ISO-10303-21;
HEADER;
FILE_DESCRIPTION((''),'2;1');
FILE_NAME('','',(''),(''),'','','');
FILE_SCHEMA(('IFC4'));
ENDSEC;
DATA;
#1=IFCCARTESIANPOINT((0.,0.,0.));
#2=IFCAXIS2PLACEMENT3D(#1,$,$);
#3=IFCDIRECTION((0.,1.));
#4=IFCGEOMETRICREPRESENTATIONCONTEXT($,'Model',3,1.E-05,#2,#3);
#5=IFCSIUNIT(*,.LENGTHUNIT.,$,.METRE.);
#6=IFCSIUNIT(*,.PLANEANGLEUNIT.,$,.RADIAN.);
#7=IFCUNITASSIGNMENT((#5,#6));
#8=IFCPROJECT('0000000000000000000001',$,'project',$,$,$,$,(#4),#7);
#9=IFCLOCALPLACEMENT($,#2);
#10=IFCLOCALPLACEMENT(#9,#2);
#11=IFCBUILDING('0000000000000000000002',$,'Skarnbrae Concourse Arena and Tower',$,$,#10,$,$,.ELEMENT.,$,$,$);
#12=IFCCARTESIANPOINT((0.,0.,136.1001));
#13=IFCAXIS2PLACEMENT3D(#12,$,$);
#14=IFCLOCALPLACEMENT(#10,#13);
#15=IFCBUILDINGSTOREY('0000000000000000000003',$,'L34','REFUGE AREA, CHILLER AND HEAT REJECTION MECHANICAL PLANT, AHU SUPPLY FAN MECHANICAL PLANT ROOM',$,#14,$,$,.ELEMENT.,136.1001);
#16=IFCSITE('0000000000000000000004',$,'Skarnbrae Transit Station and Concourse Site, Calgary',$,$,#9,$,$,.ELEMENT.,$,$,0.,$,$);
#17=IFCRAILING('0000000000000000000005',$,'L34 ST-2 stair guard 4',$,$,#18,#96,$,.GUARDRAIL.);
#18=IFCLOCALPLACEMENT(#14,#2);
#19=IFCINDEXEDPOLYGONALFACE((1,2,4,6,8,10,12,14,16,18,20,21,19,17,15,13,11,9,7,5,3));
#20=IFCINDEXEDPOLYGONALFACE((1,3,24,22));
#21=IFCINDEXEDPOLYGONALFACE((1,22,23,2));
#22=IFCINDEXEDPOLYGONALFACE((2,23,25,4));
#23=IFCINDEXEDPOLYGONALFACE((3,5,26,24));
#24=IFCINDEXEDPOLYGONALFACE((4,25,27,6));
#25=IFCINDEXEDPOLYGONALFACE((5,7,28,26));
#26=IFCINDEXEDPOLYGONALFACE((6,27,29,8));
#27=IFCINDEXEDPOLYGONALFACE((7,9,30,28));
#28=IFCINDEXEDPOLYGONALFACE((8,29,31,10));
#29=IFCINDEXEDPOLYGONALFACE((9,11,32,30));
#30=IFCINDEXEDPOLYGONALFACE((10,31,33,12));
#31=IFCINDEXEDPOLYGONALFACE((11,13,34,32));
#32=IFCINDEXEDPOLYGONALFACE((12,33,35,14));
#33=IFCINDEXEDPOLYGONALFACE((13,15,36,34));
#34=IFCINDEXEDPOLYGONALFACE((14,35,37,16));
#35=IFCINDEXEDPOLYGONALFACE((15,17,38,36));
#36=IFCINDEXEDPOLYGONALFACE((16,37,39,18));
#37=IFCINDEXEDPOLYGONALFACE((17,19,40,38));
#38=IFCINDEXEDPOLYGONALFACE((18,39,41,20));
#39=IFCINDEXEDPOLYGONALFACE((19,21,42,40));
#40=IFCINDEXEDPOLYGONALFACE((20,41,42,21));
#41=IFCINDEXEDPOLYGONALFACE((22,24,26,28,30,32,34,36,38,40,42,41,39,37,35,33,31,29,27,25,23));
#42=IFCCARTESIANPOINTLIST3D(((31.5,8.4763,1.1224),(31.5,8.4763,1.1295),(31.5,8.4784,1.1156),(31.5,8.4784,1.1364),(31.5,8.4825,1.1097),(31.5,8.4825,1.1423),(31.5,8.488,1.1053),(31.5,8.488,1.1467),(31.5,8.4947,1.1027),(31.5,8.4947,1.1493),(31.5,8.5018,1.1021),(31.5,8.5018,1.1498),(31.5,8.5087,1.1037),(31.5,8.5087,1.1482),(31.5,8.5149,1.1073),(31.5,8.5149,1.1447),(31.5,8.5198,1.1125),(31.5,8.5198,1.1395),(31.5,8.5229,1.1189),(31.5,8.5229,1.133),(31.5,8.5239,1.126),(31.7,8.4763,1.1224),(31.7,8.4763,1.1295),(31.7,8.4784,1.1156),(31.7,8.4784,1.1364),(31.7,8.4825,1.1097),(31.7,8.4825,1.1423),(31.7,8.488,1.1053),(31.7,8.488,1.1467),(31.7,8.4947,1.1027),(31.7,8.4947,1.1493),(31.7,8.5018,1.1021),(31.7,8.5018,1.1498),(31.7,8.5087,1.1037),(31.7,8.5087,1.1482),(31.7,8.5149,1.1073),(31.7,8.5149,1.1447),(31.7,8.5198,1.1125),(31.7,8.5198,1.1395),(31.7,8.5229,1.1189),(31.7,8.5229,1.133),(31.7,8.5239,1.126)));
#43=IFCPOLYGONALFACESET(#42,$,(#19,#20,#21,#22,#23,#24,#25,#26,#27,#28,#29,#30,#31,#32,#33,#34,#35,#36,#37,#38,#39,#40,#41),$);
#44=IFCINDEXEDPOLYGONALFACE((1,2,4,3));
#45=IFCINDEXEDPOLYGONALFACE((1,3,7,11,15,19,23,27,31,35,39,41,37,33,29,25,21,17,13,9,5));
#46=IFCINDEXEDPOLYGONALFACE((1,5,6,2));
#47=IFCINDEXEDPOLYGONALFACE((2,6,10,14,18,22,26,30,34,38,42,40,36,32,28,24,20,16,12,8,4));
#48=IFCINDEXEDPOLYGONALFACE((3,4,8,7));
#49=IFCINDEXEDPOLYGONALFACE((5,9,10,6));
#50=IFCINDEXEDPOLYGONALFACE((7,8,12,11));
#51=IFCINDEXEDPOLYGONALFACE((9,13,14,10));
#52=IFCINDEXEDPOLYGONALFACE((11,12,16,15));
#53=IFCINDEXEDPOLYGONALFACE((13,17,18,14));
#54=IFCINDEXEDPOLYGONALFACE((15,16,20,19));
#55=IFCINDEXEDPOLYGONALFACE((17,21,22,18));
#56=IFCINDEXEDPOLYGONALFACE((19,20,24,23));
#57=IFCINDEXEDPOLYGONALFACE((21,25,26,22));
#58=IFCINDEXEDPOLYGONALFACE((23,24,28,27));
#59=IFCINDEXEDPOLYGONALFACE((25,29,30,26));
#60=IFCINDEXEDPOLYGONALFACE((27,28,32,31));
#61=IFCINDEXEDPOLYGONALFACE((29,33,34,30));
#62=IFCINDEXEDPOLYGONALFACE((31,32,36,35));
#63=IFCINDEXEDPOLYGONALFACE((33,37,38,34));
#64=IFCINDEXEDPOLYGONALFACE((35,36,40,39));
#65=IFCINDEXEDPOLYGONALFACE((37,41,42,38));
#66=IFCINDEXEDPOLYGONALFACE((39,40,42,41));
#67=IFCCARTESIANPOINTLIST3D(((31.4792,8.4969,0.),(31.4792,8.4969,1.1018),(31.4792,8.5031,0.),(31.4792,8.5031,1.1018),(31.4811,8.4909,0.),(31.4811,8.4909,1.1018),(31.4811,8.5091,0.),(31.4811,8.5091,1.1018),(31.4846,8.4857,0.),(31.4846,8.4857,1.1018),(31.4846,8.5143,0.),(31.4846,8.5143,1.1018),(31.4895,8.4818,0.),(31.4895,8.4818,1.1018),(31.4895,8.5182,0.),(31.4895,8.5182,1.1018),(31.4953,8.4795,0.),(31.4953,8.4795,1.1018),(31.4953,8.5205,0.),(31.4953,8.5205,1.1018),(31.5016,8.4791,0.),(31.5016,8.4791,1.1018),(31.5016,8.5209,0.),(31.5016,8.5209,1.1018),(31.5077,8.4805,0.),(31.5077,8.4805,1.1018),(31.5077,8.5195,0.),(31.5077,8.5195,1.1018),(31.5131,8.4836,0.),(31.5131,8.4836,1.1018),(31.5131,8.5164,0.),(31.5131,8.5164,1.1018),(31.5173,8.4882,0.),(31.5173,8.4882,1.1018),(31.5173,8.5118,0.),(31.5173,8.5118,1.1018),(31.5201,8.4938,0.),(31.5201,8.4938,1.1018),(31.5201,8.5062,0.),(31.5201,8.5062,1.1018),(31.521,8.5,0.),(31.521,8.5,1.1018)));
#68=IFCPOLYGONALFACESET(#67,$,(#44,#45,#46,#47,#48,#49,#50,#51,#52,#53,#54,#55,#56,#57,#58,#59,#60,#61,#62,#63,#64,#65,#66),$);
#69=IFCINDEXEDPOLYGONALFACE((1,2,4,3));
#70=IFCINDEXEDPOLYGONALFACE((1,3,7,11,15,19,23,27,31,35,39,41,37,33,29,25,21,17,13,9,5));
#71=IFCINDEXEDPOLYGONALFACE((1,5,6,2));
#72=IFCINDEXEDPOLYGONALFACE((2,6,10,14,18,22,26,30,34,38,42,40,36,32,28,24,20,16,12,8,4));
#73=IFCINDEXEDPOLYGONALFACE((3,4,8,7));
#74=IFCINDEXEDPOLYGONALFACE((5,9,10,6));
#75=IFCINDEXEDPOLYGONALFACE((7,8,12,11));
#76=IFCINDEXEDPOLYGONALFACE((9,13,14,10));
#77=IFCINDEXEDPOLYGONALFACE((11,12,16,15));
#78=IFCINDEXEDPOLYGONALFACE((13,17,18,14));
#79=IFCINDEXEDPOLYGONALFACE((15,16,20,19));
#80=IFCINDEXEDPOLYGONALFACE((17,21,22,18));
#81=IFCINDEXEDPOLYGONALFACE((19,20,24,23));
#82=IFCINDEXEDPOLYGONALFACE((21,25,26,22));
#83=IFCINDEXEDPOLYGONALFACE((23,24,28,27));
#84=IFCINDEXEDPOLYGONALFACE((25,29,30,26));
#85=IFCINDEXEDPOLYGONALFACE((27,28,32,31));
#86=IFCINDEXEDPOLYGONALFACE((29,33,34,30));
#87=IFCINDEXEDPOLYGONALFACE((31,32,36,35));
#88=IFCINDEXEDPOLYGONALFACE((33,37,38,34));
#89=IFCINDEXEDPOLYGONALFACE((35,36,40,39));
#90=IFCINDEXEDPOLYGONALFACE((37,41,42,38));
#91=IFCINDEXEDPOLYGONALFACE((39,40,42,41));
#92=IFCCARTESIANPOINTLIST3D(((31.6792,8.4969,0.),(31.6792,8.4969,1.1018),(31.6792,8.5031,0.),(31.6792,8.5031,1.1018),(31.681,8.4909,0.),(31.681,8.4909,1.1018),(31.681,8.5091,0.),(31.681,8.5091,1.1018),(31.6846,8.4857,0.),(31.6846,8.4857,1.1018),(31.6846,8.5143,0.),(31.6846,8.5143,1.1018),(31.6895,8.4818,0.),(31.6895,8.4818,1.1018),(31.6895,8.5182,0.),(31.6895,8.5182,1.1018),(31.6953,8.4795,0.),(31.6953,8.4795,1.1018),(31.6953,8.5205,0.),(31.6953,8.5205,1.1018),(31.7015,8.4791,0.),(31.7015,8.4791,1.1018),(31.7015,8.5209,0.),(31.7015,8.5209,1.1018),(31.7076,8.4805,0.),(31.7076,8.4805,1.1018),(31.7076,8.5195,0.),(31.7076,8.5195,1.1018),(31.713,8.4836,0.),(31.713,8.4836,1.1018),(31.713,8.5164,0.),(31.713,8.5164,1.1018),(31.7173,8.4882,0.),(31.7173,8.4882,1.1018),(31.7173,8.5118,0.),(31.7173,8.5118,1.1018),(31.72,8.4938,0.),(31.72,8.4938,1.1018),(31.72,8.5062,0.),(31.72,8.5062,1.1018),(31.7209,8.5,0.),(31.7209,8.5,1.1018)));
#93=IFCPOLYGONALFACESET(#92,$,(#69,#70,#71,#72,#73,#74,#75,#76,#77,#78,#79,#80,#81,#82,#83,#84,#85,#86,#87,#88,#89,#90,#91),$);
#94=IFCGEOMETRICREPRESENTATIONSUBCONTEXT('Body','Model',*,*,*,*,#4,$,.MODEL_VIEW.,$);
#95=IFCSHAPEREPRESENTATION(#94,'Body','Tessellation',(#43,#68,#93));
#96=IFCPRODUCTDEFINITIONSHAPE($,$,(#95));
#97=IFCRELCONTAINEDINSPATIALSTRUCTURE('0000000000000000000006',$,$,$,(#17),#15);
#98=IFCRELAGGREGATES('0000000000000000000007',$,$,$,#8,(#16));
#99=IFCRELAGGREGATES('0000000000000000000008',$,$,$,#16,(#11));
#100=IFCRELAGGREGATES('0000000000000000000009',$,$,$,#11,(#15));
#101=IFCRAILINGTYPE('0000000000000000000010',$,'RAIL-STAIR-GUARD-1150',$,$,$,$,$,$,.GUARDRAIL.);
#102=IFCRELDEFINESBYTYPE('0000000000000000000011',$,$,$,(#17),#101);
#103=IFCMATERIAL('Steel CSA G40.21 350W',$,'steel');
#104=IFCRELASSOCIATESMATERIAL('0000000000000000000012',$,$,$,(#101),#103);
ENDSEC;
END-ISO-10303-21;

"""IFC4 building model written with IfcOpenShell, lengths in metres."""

from ifc_helpers import new_model, si_unit, direction, frame, origin, origin_2d, place, context, subcontext, project, spatial, circle, extrude, material, type_object, element, save


model = new_model("IFC4")

# Units and contexts
model_context = context("Model", 3, precision=1e-05, world=origin(), true_north=direction((0.0, 1.0)))
body_context = subcontext(model_context, "Body", "Model", "MODEL_VIEW")
ifc_project = project(units=[si_unit("LENGTHUNIT", "METRE"), si_unit("PLANEANGLEUNIT", "RADIAN")], contexts=[model_context])

# Site, building, storey
site_placement = place(None, origin())
site = spatial("IfcSite", under=ifc_project, at=site_placement, Name="Skarnbrae Transit Station and Concourse Site, Calgary", CompositionType="ELEMENT", RefElevation=0.0)
building_placement = place(site_placement, origin())
building = spatial("IfcBuilding", under=site, at=building_placement, Name="Skarnbrae Concourse Arena and Tower", CompositionType="ELEMENT")
storey_placement = place(building_placement, frame((0.0, 0.0, 136.1001)))
storey = spatial("IfcBuildingStorey", under=building, at=storey_placement, Name="L34", Description="REFUGE AREA, CHILLER AND HEAT REJECTION MECHANICAL PLANT, AHU SUPPLY FAN MECHANICAL PLANT ROOM", CompositionType="ELEMENT", Elevation=136.1001)

# Shared definitions
ifc_material_1 = material(Name="Steel CSA G40.21 350W", Category="steel")

# Railing
railing_type_1 = type_object("IfcRailingType", Name="RAIL-STAIR-GUARD-1150", PredefinedType="GUARDRAIL", material=ifc_material_1)
railing_1_placement = place(storey_placement, frame((31.5, 8.5, 0.0)))
element("IfcRailing", 1, at=railing_1_placement, inside=storey, type_object=railing_type_1, Name="L34 ST-2 stair guard 4", PredefinedType="GUARDRAIL", context=body_context, shape_type="SweptSolid", body=[
    extrude(circle(Radius=0.0239, at=origin_2d()), frame((0.0, 0.0, 1.126), z_axis=(1.0, 0.0, 0.0), x_axis=(0.0, 1.0, 0.0)), (0.0, 0.0, 1.0), 0.2),
    extrude(circle(Radius=0.021, at=origin_2d()), origin(), (0.0, 0.0, 1.0), 1.1018),
    extrude(circle(Radius=0.021, at=origin_2d()), frame((0.2, 0.0, 0.0)), (0.0, 0.0, 1.0), 1.1018),
])

save(model, "model.ifc")
